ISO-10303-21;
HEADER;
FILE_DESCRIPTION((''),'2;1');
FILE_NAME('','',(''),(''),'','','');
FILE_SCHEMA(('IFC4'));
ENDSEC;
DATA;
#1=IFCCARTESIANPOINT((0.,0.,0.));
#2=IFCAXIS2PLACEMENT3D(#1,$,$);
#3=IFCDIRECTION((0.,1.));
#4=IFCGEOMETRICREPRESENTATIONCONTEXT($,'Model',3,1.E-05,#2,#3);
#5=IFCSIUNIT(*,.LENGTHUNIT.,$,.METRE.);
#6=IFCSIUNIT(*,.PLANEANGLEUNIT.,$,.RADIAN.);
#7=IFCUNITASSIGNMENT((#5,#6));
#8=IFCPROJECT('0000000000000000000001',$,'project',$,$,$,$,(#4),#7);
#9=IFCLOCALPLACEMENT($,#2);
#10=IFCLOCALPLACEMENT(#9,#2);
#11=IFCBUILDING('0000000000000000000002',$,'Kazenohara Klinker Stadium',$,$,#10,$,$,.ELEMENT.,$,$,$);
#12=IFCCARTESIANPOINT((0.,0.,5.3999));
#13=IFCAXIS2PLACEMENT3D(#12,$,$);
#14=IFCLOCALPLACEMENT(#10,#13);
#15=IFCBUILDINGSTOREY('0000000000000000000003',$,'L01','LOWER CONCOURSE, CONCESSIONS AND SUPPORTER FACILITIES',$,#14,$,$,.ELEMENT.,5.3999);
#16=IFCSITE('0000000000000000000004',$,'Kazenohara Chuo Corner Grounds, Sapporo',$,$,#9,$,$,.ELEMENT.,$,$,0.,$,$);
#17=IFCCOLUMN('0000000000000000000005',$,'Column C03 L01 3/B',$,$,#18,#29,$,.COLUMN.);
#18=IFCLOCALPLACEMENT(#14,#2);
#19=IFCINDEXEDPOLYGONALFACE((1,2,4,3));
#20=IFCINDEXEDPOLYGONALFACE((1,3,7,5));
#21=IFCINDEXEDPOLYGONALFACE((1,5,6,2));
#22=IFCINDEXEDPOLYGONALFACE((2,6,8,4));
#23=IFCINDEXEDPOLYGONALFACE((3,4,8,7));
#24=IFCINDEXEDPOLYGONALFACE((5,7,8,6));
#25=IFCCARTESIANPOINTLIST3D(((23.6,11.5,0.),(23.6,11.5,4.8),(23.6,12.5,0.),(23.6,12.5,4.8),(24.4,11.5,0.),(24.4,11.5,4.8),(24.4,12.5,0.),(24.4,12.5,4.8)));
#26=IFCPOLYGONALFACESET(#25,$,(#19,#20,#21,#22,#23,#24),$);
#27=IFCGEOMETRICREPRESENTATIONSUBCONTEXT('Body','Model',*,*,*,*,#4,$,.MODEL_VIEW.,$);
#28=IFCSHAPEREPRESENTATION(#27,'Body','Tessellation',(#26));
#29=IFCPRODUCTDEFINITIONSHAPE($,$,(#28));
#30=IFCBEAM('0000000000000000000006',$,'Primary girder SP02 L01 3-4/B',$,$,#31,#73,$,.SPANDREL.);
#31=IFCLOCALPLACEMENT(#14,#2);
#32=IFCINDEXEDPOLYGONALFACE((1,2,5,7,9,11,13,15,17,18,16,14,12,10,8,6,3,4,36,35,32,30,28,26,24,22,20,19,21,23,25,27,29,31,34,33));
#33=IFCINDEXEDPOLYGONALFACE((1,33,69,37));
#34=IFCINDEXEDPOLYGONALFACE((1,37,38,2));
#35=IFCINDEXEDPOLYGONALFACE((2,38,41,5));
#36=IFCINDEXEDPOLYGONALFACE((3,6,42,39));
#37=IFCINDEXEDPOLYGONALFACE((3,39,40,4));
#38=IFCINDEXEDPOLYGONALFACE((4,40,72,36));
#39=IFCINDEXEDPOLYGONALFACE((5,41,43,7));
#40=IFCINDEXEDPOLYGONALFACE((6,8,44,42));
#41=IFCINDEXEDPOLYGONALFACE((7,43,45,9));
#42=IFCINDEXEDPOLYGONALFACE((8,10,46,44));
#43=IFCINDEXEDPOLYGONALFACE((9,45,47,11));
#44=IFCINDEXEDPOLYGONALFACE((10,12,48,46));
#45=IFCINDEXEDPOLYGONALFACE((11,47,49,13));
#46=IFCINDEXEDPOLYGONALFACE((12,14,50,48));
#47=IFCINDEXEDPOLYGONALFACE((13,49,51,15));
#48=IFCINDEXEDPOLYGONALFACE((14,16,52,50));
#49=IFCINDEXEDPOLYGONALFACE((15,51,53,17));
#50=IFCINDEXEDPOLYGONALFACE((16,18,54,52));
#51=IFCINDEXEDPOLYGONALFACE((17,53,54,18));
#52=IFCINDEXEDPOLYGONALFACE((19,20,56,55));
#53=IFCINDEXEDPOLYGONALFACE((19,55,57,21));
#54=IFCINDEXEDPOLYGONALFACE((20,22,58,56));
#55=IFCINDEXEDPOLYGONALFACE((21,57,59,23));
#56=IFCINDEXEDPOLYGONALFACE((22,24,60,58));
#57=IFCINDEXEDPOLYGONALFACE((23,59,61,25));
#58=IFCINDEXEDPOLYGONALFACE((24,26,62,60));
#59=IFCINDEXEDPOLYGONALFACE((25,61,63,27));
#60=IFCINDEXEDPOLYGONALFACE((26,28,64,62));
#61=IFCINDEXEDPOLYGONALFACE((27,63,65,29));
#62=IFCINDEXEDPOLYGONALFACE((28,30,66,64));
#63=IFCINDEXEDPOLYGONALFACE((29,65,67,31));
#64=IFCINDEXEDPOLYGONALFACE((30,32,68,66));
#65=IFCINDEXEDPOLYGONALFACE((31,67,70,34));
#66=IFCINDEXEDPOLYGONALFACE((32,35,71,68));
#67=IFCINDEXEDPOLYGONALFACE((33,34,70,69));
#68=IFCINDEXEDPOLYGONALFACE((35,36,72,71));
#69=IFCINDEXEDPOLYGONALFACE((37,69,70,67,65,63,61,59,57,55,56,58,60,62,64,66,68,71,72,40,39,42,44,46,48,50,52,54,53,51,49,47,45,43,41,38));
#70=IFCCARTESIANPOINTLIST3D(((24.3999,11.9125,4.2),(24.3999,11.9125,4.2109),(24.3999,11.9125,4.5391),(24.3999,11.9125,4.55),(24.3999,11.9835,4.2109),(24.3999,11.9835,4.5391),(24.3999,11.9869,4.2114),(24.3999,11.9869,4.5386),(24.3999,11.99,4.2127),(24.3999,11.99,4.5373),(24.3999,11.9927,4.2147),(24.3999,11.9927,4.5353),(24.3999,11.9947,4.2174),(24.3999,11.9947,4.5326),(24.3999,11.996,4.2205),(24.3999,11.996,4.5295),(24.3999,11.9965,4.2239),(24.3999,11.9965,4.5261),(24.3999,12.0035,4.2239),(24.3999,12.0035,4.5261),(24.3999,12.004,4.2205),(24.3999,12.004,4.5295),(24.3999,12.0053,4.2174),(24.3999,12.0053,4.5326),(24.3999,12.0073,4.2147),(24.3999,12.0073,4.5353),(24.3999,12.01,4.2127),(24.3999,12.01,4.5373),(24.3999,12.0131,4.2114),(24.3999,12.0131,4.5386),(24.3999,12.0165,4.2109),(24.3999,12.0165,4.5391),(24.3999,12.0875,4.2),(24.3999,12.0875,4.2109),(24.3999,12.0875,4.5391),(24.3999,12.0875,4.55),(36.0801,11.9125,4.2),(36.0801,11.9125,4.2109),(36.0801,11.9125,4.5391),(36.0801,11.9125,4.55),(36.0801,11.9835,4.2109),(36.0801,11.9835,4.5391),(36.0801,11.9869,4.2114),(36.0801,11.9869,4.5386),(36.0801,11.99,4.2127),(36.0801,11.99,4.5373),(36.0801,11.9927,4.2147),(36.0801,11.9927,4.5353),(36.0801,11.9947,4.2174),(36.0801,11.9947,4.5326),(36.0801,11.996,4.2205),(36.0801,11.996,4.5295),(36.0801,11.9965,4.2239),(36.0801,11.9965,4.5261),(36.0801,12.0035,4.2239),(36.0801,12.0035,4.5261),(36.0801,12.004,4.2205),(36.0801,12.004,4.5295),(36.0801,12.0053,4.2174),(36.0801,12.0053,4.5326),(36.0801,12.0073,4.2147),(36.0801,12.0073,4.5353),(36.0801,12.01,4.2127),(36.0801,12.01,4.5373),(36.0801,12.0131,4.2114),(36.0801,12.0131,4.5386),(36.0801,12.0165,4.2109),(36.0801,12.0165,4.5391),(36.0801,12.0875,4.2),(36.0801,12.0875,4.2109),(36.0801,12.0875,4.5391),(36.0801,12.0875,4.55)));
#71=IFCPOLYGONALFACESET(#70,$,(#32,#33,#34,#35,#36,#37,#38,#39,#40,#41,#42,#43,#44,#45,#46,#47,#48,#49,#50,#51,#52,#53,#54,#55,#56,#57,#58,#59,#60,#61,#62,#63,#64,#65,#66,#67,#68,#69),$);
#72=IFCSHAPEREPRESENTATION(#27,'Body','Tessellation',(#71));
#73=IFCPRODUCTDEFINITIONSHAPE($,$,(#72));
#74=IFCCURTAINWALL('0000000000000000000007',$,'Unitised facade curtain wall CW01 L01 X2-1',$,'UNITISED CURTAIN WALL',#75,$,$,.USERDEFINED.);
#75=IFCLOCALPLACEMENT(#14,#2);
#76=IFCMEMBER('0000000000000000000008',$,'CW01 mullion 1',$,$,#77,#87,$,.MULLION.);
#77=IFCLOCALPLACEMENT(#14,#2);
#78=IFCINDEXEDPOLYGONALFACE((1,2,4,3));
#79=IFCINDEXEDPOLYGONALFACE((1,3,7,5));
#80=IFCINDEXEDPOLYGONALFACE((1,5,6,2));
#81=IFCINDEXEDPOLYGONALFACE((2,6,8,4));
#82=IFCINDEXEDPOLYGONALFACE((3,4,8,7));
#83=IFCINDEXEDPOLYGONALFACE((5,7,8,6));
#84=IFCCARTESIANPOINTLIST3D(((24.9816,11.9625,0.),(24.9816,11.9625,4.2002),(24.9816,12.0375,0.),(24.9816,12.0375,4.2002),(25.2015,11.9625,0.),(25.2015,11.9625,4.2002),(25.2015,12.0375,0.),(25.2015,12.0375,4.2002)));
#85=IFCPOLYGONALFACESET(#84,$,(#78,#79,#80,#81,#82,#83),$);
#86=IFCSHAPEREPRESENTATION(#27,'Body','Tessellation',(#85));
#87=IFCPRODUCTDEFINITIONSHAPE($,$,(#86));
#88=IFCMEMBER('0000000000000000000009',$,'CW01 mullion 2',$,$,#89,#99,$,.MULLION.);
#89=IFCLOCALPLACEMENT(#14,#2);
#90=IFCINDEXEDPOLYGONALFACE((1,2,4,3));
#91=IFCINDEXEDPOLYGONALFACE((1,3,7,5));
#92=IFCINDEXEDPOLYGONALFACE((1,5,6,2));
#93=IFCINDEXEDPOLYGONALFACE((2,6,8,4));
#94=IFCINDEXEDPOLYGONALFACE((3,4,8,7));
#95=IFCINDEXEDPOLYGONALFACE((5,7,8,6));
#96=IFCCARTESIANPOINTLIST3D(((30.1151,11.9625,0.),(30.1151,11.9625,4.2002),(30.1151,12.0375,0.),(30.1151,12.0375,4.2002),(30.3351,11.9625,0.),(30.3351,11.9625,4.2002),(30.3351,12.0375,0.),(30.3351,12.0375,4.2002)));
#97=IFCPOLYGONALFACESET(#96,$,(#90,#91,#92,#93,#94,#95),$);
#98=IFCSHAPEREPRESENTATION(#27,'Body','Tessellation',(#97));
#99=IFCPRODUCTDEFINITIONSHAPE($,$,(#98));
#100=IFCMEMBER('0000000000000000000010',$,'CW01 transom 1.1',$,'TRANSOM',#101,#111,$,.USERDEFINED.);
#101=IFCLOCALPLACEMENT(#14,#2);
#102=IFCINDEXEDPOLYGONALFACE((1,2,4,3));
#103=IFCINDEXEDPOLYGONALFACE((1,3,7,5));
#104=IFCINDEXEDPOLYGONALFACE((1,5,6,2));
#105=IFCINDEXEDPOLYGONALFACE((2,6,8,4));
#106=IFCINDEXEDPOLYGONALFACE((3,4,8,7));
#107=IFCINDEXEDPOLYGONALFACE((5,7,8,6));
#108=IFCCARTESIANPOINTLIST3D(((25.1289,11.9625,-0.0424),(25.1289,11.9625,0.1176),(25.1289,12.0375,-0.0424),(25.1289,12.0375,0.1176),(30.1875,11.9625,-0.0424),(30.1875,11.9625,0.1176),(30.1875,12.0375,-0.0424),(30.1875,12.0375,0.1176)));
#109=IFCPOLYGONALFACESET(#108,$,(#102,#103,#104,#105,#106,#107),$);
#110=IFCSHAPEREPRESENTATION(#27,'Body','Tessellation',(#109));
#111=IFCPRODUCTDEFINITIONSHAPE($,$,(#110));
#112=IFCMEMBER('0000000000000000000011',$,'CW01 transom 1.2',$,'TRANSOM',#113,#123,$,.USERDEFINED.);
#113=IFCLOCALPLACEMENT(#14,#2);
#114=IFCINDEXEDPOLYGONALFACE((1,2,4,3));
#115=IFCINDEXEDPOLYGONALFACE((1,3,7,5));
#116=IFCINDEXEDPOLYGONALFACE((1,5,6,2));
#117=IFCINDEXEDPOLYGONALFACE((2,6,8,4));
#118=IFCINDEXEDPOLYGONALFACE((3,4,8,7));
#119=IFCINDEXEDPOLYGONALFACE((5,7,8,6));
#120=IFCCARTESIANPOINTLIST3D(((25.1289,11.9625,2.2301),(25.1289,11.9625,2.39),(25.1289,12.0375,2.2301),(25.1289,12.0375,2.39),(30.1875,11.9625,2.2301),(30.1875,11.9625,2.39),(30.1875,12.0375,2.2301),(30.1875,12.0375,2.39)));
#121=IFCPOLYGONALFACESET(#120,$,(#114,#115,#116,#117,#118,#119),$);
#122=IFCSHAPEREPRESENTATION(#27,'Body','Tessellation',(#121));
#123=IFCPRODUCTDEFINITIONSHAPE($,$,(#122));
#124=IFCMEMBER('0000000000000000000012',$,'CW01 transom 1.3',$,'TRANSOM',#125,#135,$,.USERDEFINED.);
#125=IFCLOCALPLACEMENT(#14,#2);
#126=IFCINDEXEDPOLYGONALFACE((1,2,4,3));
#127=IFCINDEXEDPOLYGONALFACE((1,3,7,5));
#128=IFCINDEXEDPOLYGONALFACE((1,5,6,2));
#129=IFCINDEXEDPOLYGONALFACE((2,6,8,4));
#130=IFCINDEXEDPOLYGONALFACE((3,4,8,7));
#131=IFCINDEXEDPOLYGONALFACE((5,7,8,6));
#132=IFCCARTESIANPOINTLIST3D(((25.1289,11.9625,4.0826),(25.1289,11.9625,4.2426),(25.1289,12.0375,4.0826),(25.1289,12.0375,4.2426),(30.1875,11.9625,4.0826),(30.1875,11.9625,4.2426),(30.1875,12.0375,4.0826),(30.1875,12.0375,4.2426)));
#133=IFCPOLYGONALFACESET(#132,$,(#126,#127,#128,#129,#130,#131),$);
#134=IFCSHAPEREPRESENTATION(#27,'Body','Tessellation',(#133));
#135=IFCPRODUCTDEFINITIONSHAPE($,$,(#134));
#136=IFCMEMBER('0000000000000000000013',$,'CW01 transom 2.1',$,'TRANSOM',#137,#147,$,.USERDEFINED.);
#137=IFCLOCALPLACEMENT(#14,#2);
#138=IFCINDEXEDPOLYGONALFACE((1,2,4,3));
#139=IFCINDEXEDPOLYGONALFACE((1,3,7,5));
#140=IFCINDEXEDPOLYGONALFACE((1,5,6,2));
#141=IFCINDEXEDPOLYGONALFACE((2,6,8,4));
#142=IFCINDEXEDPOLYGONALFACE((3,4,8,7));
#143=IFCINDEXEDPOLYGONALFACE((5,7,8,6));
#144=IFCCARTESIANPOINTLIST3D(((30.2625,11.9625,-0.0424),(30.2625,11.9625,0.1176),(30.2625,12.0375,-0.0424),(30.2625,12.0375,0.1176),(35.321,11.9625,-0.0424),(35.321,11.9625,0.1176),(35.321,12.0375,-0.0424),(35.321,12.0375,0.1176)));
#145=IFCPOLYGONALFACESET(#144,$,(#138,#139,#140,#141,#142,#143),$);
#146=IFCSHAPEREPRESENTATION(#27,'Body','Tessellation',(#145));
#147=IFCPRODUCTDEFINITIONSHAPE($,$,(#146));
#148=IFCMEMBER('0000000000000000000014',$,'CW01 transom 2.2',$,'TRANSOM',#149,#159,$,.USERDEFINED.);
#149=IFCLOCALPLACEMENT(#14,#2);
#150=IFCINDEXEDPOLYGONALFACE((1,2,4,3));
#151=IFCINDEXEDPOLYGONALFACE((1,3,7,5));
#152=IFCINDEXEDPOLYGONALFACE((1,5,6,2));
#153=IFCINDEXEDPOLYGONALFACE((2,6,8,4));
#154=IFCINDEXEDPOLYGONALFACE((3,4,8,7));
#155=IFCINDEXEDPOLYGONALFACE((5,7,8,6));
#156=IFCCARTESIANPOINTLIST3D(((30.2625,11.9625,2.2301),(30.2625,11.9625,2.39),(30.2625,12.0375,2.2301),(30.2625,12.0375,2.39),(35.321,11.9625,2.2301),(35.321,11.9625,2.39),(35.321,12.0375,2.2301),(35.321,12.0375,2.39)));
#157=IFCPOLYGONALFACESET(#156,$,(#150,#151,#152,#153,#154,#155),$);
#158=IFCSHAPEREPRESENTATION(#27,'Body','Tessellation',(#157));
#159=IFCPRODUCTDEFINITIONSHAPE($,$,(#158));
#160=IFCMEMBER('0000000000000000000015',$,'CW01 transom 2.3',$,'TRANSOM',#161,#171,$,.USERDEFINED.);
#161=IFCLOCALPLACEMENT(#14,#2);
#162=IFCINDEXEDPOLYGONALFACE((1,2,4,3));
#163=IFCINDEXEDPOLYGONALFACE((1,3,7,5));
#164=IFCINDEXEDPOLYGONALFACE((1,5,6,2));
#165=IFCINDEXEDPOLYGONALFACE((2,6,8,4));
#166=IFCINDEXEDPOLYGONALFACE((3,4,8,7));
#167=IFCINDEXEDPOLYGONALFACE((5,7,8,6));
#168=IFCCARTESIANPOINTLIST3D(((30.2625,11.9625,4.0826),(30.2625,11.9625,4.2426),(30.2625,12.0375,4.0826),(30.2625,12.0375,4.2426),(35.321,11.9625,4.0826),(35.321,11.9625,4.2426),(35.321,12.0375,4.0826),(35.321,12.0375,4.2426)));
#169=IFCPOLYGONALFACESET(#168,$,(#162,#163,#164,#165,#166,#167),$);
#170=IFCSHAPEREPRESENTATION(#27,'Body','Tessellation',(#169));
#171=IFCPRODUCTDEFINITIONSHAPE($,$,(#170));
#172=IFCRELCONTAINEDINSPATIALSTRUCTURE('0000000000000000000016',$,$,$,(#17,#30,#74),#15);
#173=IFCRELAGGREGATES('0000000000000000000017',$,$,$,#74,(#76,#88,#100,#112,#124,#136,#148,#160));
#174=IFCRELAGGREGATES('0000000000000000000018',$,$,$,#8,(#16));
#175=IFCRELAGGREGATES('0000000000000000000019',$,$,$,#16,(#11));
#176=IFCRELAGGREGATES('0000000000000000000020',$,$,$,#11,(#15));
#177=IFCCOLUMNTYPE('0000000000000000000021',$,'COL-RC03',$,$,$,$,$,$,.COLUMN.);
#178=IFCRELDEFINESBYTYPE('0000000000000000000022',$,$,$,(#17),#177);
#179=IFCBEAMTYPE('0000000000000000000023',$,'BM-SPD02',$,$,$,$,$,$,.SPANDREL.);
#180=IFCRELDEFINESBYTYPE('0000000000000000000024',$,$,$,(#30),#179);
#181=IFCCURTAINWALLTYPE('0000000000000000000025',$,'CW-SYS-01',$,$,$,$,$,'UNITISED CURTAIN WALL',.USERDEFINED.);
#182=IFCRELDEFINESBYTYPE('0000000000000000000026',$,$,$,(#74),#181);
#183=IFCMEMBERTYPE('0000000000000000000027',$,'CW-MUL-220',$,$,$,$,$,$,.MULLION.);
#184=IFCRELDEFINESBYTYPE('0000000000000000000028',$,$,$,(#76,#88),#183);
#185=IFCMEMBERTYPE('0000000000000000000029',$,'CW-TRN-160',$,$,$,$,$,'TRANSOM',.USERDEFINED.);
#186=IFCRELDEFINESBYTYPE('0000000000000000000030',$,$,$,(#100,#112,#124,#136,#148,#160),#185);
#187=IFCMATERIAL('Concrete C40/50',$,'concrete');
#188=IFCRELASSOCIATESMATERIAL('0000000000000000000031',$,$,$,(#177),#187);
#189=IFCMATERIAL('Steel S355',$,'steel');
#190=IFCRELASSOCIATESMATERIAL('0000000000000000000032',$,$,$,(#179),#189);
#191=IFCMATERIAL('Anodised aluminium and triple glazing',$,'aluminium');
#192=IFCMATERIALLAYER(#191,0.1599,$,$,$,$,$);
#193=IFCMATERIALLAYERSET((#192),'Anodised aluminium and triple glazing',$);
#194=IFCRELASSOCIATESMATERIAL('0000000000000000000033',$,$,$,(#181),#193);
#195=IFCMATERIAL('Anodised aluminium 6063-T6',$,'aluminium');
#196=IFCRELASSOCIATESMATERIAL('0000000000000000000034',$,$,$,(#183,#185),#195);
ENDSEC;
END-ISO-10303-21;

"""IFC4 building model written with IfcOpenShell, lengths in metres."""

from ifc_helpers import new_model, si_unit, direction, frame, origin, origin_2d, place, context, subcontext, project, spatial, rectangle, i_section, extrude, material, layer, layer_set, material_profile, profile_set, type_object, element, aggregate, save


model = new_model("IFC4")

# Units and contexts
model_context = context("Model", 3, precision=1e-05, world=origin(), true_north=direction((0.0, 1.0)))
body_context = subcontext(model_context, "Body", "Model", "MODEL_VIEW")
ifc_project = project(units=[si_unit("LENGTHUNIT", "METRE"), si_unit("PLANEANGLEUNIT", "RADIAN")], contexts=[model_context])

# Site, building, storey
site_placement = place(None, origin())
site = spatial("IfcSite", under=ifc_project, at=site_placement, Name="Kazenohara Chuo Corner Grounds, Sapporo", CompositionType="ELEMENT", RefElevation=0.0)
building_placement = place(site_placement, origin())
building = spatial("IfcBuilding", under=site, at=building_placement, Name="Kazenohara Klinker Stadium", CompositionType="ELEMENT")
storey_placement = place(building_placement, frame((0.0, 0.0, 5.3999)))
storey = spatial("IfcBuildingStorey", under=building, at=storey_placement, Name="L01", Description="LOWER CONCOURSE, CONCESSIONS AND SUPPORTER FACILITIES", CompositionType="ELEMENT", Elevation=5.3999)

# Column
ifc_material_1 = material(Name="Concrete C40/50", Category="concrete")
ifc_material_profile_1 = material_profile(ifc_material_1, rectangle(XDim=0.8, YDim=1.0, at=origin_2d()), Name="RC-COL-1000x800")
ifc_profile_set_1 = profile_set([ifc_material_profile_1], Name="Concrete C40/50")
column_type = type_object("IfcColumnType", Name="COL-RC03", PredefinedType="COLUMN", material=ifc_profile_set_1)
column_placement = place(storey_placement, frame((24.0, 12.0, 0.0), z_axis=(0.0, 0.0, 1.0), x_axis=(1.0, 0.0, 0.0)))
element("IfcColumn", 1, at=column_placement, inside=storey, type_object=column_type, Name="Column C03 L01 3/B", PredefinedType="COLUMN", context=body_context, shape_type="SweptSolid", body=[
    extrude(rectangle(XDim=0.8, YDim=1.0, at=origin_2d()), origin(), (0.0, 0.0, 1.0), 4.8),
])

# Beam
ifc_material_2 = material(Name="Steel S355", Category="steel")
ifc_material_profile_2 = material_profile(ifc_material_2, i_section(OverallWidth=0.175, OverallDepth=0.3501, WebThickness=0.0071, FlangeThickness=0.011, FilletRadius=0.0129, at=origin_2d()), Name="H-350x175x7x11")
ifc_profile_set_2 = profile_set([ifc_material_profile_2], Name="Steel S355")
beam_type = type_object("IfcBeamType", Name="BM-SPD02", PredefinedType="SPANDREL", material=ifc_profile_set_2)
beam_placement = place(storey_placement, frame((24.3999, 12.0, 4.375), z_axis=(1.0, 0.0, 0.0), x_axis=(0.0, 1.0, 0.0)))
element("IfcBeam", 2, at=beam_placement, inside=storey, type_object=beam_type, Name="Primary girder SP02 L01 3-4/B", PredefinedType="SPANDREL", context=body_context, shape_type="SweptSolid", body=[
    extrude(i_section(OverallWidth=0.175, OverallDepth=0.3501, WebThickness=0.0071, FlangeThickness=0.011, FilletRadius=0.0129, at=origin_2d()), origin(), (0.0, 0.0, 1.0), 11.6802),
])

# Curtain wall, members
ifc_material_3 = material(Name="Anodised aluminium and triple glazing", Category="aluminium")
ifc_layer_1 = layer(ifc_material_3, 0.1599)
ifc_layer_set_1 = layer_set([ifc_layer_1], Name="Anodised aluminium and triple glazing")
curtain_wall_type = type_object("IfcCurtainWallType", Name="CW-SYS-01", ElementType="UNITISED CURTAIN WALL", PredefinedType="USERDEFINED", material=ifc_layer_set_1)
curtain_wall_placement = place(storey_placement, origin())
curtain_wall = element("IfcCurtainWall", 3, at=curtain_wall_placement, inside=storey, type_object=curtain_wall_type, Name="Unitised facade curtain wall CW01 L01 X2-1", ObjectType="UNITISED CURTAIN WALL", PredefinedType="USERDEFINED")
ifc_material_4 = material(Name="Anodised aluminium 6063-T6", Category="aluminium")
ifc_material_profile_3 = material_profile(ifc_material_4, rectangle(XDim=0.075, YDim=0.22, at=origin_2d()), Name="ALU-MUL-75x220")
ifc_profile_set_3 = profile_set([ifc_material_profile_3], Name="Anodised aluminium 6063-T6")
member_type_1 = type_object("IfcMemberType", Name="CW-MUL-220", PredefinedType="MULLION", material=ifc_profile_set_3)
member_1_placement = place(storey_placement, frame((25.0916, 12.0, 0.0), z_axis=(0.0, 0.0, 1.0), x_axis=(0.0, 1.0, 0.0)))
member_1 = element("IfcMember", 4, at=member_1_placement, type_object=member_type_1, Name="CW01 mullion 1", PredefinedType="MULLION", context=body_context, shape_type="SweptSolid", body=[
    extrude(rectangle(XDim=0.075, YDim=0.22, at=origin_2d()), origin(), (0.0, 0.0, 1.0), 4.2002),
])
member_2_placement = place(storey_placement, frame((30.2251, 12.0, 0.0), z_axis=(0.0, 0.0, 1.0), x_axis=(0.0, 1.0, 0.0)))
member_2 = element("IfcMember", 5, at=member_2_placement, type_object=member_type_1, Name="CW01 mullion 2", PredefinedType="MULLION", context=body_context, shape_type="SweptSolid", body=[
    extrude(rectangle(XDim=0.075, YDim=0.22, at=origin_2d()), origin(), (0.0, 0.0, 1.0), 4.2002),
])
ifc_material_profile_4 = material_profile(ifc_material_4, rectangle(XDim=0.075, YDim=0.1599, at=origin_2d()), Name="ALU-TRN-75x160")
ifc_profile_set_4 = profile_set([ifc_material_profile_4], Name="Anodised aluminium 6063-T6")
member_type_2 = type_object("IfcMemberType", Name="CW-TRN-160", ElementType="TRANSOM", PredefinedType="USERDEFINED", material=ifc_profile_set_4)
member_3_placement = place(storey_placement, frame((25.1289, 12.0, 0.0376), z_axis=(1.0, 0.0, 0.0), x_axis=(0.0, 1.0, 0.0)))
member_3 = element("IfcMember", 6, at=member_3_placement, type_object=member_type_2, Name="CW01 transom 1.1", ObjectType="TRANSOM", PredefinedType="USERDEFINED", context=body_context, shape_type="SweptSolid", body=[
    extrude(rectangle(XDim=0.075, YDim=0.1599, at=origin_2d()), origin(), (0.0, 0.0, 1.0), 5.0586),
])
member_4_placement = place(storey_placement, frame((25.1289, 12.0, 2.3101), z_axis=(1.0, 0.0, 0.0), x_axis=(0.0, 1.0, 0.0)))
member_4 = element("IfcMember", 7, at=member_4_placement, type_object=member_type_2, Name="CW01 transom 1.2", ObjectType="TRANSOM", PredefinedType="USERDEFINED", context=body_context, shape_type="SweptSolid", body=[
    extrude(rectangle(XDim=0.075, YDim=0.1599, at=origin_2d()), origin(), (0.0, 0.0, 1.0), 5.0586),
])
member_5_placement = place(storey_placement, frame((25.1289, 12.0, 4.1626), z_axis=(1.0, 0.0, 0.0), x_axis=(0.0, 1.0, 0.0)))
member_5 = element("IfcMember", 8, at=member_5_placement, type_object=member_type_2, Name="CW01 transom 1.3", ObjectType="TRANSOM", PredefinedType="USERDEFINED", context=body_context, shape_type="SweptSolid", body=[
    extrude(rectangle(XDim=0.075, YDim=0.1599, at=origin_2d()), origin(), (0.0, 0.0, 1.0), 5.0586),
])
member_6_placement = place(storey_placement, frame((30.2625, 12.0, 0.0376), z_axis=(1.0, 0.0, 0.0), x_axis=(0.0, 1.0, 0.0)))
member_6 = element("IfcMember", 9, at=member_6_placement, type_object=member_type_2, Name="CW01 transom 2.1", ObjectType="TRANSOM", PredefinedType="USERDEFINED", context=body_context, shape_type="SweptSolid", body=[
    extrude(rectangle(XDim=0.075, YDim=0.1599, at=origin_2d()), origin(), (0.0, 0.0, 1.0), 5.0586),
])
member_7_placement = place(storey_placement, frame((30.2625, 12.0, 2.3101), z_axis=(1.0, 0.0, 0.0), x_axis=(0.0, 1.0, 0.0)))
member_7 = element("IfcMember", 10, at=member_7_placement, type_object=member_type_2, Name="CW01 transom 2.2", ObjectType="TRANSOM", PredefinedType="USERDEFINED", context=body_context, shape_type="SweptSolid", body=[
    extrude(rectangle(XDim=0.075, YDim=0.1599, at=origin_2d()), origin(), (0.0, 0.0, 1.0), 5.0586),
])
member_8_placement = place(storey_placement, frame((30.2625, 12.0, 4.1626), z_axis=(1.0, 0.0, 0.0), x_axis=(0.0, 1.0, 0.0)))
member_8 = element("IfcMember", 11, at=member_8_placement, type_object=member_type_2, Name="CW01 transom 2.3", ObjectType="TRANSOM", PredefinedType="USERDEFINED", context=body_context, shape_type="SweptSolid", body=[
    extrude(rectangle(XDim=0.075, YDim=0.1599, at=origin_2d()), origin(), (0.0, 0.0, 1.0), 5.0586),
])

aggregate(curtain_wall, [member_1, member_2, member_3, member_4, member_5, member_6, member_7, member_8])

save(model, "model.ifc")
